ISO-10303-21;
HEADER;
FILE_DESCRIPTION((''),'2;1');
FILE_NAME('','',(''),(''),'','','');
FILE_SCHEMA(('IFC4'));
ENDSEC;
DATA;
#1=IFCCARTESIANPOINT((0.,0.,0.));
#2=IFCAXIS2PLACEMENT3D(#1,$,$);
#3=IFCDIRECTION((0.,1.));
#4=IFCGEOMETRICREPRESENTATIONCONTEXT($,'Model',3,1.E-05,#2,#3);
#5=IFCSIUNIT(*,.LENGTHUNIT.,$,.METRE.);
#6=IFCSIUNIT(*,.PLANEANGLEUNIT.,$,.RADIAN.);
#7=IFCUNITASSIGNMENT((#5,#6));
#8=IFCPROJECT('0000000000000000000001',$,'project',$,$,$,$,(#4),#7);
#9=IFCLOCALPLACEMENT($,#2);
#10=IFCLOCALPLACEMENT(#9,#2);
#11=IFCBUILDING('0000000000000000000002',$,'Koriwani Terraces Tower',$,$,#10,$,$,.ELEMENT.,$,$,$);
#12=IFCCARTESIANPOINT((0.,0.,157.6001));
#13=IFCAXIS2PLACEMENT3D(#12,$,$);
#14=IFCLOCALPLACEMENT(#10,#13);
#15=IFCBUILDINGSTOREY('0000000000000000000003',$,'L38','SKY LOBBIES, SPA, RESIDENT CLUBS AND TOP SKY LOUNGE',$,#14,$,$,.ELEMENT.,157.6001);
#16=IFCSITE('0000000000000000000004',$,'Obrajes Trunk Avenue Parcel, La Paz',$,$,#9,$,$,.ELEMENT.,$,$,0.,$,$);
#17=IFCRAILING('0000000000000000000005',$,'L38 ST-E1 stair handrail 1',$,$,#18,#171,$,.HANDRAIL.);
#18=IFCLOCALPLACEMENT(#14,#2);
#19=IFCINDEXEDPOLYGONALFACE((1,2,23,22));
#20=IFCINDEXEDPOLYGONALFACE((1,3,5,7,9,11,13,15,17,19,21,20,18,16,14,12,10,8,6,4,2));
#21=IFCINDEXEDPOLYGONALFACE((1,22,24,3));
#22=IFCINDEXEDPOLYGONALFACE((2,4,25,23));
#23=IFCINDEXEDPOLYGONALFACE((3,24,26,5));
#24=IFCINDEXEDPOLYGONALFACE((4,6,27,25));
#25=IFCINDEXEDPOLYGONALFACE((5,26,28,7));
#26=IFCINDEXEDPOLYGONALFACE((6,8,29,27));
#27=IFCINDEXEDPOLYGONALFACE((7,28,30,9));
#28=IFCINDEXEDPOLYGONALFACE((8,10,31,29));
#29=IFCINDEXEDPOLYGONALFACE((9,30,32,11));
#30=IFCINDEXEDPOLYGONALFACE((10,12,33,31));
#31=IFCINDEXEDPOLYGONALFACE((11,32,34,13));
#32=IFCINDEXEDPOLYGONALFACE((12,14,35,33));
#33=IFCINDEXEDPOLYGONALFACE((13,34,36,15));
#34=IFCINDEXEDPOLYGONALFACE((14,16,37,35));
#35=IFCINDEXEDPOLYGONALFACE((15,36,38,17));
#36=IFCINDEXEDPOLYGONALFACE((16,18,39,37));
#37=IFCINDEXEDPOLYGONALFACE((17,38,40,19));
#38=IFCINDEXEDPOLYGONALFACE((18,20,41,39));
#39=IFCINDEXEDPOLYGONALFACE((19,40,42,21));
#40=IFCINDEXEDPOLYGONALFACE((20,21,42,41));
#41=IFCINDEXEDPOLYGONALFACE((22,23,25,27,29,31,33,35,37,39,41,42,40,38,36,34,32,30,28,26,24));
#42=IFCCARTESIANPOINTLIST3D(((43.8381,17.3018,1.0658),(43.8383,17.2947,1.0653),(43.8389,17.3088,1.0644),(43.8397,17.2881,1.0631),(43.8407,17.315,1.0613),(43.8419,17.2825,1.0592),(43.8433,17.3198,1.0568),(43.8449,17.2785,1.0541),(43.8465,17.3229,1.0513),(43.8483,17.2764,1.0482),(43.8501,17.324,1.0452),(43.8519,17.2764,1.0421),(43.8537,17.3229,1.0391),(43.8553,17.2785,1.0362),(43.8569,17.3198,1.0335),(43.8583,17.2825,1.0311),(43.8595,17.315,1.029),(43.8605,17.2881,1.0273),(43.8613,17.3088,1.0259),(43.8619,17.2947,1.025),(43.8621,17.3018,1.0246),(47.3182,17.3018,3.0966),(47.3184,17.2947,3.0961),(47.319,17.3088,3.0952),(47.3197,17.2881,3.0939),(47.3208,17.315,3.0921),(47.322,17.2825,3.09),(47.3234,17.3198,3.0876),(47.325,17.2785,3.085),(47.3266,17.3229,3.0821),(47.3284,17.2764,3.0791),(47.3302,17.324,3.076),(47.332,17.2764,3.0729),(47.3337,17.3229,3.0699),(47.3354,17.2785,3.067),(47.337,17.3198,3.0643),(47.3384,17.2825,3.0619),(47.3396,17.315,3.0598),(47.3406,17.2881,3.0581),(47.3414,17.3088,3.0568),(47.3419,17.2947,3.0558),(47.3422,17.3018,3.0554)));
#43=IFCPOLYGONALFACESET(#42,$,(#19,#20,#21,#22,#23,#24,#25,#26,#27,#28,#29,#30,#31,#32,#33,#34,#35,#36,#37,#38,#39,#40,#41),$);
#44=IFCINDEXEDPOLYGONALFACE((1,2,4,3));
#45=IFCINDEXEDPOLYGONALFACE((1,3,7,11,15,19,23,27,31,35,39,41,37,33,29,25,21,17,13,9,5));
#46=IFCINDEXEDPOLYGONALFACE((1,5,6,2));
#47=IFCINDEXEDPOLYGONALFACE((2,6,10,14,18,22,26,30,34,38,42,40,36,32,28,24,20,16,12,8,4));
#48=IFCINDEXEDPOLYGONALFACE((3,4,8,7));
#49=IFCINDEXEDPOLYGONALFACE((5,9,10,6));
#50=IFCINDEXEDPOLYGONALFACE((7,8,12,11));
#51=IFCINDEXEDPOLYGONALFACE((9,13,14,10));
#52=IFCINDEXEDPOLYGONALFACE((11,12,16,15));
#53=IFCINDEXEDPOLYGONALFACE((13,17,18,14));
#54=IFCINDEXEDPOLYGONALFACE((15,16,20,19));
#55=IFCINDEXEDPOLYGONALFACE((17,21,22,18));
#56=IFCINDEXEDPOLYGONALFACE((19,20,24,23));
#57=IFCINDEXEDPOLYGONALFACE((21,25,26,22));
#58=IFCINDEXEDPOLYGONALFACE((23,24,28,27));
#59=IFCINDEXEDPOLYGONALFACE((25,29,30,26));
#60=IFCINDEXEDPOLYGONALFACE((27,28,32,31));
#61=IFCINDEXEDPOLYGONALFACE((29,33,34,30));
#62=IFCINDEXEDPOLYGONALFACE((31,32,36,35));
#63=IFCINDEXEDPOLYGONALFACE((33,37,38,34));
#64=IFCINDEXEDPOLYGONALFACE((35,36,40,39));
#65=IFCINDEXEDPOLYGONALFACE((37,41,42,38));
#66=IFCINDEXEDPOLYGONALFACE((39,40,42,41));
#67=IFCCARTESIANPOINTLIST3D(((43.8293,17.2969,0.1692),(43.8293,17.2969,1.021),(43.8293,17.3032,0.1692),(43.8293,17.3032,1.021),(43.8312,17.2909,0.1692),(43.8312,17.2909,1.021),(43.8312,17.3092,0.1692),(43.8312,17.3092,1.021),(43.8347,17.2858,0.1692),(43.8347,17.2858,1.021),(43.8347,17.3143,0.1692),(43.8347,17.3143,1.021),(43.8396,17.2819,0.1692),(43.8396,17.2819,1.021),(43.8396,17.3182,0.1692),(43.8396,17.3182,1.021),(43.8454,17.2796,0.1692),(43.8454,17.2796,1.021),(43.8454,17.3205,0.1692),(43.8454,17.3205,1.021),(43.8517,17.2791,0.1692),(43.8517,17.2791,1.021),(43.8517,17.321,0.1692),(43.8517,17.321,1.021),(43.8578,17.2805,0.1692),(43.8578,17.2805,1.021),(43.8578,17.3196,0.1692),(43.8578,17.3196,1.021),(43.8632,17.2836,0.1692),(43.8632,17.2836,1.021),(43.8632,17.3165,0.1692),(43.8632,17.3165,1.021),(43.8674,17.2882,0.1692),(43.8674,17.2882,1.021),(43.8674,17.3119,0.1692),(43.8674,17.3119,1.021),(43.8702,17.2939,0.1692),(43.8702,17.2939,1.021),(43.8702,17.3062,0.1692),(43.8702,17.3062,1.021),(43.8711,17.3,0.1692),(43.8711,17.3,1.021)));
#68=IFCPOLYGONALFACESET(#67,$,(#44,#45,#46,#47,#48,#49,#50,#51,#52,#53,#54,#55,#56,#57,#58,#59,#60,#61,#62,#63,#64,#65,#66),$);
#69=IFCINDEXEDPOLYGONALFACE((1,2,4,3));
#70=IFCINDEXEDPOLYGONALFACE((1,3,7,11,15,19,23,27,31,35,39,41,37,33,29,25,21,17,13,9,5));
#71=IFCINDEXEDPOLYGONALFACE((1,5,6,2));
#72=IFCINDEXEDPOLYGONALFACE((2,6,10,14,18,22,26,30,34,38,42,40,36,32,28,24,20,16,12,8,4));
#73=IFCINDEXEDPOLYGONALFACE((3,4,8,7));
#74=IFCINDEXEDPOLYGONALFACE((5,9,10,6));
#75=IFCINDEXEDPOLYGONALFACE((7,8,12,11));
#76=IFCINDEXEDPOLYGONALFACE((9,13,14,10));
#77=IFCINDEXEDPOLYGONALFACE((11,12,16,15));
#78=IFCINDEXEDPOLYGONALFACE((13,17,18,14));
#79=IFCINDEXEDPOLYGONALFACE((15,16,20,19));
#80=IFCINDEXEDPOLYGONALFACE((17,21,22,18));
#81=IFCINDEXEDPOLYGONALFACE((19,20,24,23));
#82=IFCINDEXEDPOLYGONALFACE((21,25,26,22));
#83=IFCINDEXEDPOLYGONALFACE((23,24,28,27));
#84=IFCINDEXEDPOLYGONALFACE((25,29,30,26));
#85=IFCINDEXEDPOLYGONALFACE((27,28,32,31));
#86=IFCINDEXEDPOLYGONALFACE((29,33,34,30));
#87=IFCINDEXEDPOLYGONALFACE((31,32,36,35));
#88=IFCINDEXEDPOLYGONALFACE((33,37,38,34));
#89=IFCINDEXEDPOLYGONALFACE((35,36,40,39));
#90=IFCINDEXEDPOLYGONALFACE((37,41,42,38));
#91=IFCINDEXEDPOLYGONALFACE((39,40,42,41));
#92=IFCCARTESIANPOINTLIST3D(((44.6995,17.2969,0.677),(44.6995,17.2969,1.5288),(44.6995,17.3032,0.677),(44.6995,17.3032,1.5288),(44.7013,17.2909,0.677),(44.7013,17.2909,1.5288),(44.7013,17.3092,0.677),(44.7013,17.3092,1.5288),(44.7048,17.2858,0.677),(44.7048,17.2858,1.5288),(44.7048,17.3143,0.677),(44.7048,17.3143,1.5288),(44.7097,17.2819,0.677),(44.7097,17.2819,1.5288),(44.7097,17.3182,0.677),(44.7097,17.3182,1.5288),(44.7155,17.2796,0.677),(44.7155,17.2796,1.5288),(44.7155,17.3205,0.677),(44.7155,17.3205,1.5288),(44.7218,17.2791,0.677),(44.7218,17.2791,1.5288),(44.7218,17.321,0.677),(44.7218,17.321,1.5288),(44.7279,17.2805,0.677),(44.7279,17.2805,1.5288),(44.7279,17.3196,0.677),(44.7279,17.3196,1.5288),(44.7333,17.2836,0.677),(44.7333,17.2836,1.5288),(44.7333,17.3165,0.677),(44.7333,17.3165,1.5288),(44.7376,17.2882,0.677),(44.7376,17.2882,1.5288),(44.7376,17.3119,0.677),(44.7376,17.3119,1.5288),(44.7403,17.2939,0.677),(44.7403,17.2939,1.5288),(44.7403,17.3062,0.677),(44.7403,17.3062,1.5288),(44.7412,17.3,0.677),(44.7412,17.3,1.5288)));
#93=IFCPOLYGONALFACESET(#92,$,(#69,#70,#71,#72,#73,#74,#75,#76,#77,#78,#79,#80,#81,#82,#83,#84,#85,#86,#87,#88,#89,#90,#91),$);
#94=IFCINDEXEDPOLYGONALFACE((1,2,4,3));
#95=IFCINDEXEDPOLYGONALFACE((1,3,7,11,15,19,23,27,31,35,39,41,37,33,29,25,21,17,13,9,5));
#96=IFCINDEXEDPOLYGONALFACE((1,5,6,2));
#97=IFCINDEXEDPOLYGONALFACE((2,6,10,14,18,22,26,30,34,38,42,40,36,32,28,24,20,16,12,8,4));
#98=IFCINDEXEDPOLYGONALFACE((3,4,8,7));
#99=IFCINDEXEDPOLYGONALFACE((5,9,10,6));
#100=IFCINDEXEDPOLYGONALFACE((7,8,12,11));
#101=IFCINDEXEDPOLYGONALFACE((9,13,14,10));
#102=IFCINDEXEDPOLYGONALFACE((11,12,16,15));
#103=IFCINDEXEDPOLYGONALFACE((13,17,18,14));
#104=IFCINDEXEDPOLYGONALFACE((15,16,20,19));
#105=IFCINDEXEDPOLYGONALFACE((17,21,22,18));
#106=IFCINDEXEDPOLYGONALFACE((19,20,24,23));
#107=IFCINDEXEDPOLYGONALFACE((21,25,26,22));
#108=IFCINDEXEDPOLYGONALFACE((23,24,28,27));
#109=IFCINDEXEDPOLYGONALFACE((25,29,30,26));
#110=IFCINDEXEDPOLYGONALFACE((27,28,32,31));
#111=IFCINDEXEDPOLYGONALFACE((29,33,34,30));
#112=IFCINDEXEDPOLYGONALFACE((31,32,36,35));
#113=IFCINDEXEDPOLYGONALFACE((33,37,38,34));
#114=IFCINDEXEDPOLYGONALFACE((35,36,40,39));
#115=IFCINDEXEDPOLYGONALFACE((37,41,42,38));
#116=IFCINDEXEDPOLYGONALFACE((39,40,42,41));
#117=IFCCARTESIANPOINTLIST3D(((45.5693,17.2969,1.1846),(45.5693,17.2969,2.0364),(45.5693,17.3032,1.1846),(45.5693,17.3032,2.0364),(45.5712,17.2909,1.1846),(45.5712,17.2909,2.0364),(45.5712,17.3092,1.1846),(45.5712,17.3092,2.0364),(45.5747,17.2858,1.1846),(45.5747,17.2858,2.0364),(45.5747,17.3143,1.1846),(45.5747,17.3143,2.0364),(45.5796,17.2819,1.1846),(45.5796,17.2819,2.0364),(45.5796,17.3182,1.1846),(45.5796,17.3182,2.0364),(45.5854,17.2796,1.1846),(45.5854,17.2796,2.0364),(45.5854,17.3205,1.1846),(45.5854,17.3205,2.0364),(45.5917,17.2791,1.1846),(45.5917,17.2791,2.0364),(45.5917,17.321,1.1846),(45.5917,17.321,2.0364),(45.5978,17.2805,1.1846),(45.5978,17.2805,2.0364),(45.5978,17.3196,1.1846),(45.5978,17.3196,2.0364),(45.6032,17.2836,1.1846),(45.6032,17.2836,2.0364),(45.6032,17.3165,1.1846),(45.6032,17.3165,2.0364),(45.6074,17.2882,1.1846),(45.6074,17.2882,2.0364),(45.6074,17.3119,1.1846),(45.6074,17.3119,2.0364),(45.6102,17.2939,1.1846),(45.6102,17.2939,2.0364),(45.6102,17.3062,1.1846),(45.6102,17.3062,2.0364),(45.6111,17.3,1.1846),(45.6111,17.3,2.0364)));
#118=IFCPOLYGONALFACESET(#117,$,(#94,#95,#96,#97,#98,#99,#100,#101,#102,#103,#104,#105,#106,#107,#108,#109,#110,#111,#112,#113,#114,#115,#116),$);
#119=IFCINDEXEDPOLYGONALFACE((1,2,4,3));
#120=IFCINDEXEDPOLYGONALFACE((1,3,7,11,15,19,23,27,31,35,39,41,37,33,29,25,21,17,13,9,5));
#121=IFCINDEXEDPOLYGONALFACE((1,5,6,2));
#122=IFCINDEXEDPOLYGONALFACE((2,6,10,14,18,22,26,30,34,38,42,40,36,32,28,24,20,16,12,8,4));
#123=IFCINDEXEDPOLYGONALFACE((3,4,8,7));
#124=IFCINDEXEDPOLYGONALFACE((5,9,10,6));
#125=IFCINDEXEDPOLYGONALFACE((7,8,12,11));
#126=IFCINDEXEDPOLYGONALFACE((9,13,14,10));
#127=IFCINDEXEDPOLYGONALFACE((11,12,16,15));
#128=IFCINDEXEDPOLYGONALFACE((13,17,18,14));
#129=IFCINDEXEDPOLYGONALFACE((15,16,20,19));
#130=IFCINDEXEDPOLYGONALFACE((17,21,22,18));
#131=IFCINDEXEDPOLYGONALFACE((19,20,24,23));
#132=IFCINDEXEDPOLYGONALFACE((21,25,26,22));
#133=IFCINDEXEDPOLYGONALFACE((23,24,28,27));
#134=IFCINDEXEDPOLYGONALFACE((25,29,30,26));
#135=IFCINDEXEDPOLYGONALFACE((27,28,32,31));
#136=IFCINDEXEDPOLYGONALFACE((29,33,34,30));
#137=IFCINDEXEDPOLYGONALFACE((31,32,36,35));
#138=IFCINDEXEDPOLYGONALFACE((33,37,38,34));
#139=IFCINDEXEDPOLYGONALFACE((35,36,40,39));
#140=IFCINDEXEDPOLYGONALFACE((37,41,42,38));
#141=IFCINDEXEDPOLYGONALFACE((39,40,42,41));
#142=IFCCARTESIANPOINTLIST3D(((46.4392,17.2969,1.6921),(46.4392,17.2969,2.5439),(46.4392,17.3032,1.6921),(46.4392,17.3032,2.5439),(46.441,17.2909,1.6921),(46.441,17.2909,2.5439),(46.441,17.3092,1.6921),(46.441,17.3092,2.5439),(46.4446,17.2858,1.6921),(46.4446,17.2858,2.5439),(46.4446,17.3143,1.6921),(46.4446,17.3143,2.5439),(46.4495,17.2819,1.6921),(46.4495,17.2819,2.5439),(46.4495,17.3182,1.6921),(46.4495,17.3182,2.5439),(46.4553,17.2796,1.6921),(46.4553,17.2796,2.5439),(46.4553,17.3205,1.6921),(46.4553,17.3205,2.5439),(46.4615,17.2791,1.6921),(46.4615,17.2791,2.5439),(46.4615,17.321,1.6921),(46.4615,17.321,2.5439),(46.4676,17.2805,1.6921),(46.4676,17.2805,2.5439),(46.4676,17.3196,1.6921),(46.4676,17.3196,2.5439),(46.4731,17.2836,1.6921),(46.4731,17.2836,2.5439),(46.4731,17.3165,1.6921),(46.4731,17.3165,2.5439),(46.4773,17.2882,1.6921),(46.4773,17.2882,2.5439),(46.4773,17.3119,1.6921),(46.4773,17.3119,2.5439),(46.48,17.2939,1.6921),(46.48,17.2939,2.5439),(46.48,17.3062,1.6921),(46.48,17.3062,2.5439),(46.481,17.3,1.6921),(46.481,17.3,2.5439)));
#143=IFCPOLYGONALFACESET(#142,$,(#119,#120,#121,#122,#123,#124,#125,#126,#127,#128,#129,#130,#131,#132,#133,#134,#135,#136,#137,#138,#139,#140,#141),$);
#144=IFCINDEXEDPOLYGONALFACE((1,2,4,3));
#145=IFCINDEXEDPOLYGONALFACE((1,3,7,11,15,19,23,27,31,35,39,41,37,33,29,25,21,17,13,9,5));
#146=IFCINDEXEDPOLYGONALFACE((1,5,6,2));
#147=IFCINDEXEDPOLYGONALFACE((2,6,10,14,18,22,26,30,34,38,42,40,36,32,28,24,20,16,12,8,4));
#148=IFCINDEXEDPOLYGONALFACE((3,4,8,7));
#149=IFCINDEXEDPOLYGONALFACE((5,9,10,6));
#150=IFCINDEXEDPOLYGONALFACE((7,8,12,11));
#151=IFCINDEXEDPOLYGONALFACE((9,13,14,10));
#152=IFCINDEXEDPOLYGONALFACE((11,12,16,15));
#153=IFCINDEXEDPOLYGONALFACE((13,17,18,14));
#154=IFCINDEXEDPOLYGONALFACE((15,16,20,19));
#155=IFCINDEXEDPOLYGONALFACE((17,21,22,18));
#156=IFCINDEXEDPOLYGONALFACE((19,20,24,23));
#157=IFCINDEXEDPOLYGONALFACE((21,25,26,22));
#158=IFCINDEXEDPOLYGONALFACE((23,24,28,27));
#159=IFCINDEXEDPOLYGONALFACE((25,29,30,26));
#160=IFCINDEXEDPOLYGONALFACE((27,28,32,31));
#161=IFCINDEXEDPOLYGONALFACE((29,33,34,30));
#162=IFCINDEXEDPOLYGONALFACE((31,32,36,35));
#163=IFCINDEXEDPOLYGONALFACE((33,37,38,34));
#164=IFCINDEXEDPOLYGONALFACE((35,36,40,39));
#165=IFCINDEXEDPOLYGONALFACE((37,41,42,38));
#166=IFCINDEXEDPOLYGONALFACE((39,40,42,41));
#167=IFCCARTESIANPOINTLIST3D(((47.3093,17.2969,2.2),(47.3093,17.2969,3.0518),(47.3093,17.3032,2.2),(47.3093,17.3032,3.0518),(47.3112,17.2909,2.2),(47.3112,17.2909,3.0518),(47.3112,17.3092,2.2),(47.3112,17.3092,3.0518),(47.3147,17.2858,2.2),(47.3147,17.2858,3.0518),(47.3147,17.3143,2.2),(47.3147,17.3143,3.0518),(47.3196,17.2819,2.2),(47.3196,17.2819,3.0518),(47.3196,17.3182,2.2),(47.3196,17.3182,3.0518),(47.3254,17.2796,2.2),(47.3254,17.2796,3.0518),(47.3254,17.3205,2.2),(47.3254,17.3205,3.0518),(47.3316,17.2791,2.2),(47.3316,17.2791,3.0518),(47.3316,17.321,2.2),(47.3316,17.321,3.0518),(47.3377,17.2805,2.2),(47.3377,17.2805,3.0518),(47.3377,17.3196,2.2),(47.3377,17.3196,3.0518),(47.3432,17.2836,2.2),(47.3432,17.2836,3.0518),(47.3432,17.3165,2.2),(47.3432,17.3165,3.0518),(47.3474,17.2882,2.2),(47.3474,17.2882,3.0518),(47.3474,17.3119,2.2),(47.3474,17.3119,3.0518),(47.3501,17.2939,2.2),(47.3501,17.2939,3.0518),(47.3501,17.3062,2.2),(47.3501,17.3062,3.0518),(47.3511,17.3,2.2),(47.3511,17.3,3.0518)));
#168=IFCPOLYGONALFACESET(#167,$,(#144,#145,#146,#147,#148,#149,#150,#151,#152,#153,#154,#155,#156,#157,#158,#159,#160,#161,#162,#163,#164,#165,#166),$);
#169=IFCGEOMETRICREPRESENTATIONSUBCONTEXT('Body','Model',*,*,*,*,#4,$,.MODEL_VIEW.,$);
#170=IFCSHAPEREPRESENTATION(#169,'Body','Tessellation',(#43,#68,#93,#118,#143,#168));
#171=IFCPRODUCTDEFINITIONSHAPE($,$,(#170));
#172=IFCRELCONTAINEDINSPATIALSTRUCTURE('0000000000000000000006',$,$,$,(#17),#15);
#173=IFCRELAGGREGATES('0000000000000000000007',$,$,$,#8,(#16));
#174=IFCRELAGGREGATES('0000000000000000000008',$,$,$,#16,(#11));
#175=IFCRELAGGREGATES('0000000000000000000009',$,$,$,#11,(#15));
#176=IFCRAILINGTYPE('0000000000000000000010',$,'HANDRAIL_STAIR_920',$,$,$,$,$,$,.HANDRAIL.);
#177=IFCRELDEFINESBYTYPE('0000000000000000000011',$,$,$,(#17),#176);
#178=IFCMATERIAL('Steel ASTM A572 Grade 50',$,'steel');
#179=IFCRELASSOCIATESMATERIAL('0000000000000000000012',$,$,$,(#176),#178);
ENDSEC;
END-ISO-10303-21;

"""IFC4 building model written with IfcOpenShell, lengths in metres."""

from ifc_helpers import new_model, si_unit, direction, frame, origin, origin_2d, place, context, subcontext, project, spatial, circle, extrude, material, type_object, element, save


model = new_model("IFC4")

# Units and contexts
model_context = context("Model", 3, precision=1e-05, world=origin(), true_north=direction((0.0, 1.0)))
body_context = subcontext(model_context, "Body", "Model", "MODEL_VIEW")
ifc_project = project(units=[si_unit("LENGTHUNIT", "METRE"), si_unit("PLANEANGLEUNIT", "RADIAN")], contexts=[model_context])

# Site, building, storey
site_placement = place(None, origin())
site = spatial("IfcSite", under=ifc_project, at=site_placement, Name="Obrajes Trunk Avenue Parcel, La Paz", CompositionType="ELEMENT", RefElevation=0.0)
building_placement = place(site_placement, origin())
building = spatial("IfcBuilding", under=site, at=building_placement, Name="Koriwani Terraces Tower", CompositionType="ELEMENT")
storey_placement = place(building_placement, frame((0.0, 0.0, 157.6001)))
storey = spatial("IfcBuildingStorey", under=building, at=storey_placement, Name="L38", Description="SKY LOBBIES, SPA, RESIDENT CLUBS AND TOP SKY LOUNGE", CompositionType="ELEMENT", Elevation=157.6001)

# Shared definitions
ifc_material_1 = material(Name="Steel ASTM A572 Grade 50", Category="steel")

# Railing
railing_type_1 = type_object("IfcRailingType", Name="HANDRAIL_STAIR_920", PredefinedType="HANDRAIL", material=ifc_material_1)
railing_1_placement = place(storey_placement, frame((43.8501, 17.3, 0.1692)))
element("IfcRailing", 1, at=railing_1_placement, inside=storey, type_object=railing_type_1, Name="L38 ST-E1 stair handrail 1", PredefinedType="HANDRAIL", context=body_context, shape_type="SweptSolid", body=[
    extrude(circle(Radius=0.0239, at=origin_2d()), frame((0.0, 0.0, 0.876), z_axis=(0.863695, 0.0, 0.504014), x_axis=(0.0, 1.0, 0.0)), (0.0, 0.0, 1.0), 4.0293),
    extrude(circle(Radius=0.021, at=origin_2d()), origin(), (0.0, 0.0, 1.0), 0.8518),
    extrude(circle(Radius=0.021, at=origin_2d()), frame((0.8701, 0.0, 0.5078)), (0.0, 0.0, 1.0), 0.8518),
    extrude(circle(Radius=0.021, at=origin_2d()), frame((1.74, 0.0, 1.0154)), (0.0, 0.0, 1.0), 0.8518),
    extrude(circle(Radius=0.021, at=origin_2d()), frame((2.6099, 0.0, 1.5229)), (0.0, 0.0, 1.0), 0.8518),
    extrude(circle(Radius=0.021, at=origin_2d()), frame((3.48, 0.0, 2.0308)), (0.0, 0.0, 1.0), 0.8518),
])

save(model, "model.ifc")
